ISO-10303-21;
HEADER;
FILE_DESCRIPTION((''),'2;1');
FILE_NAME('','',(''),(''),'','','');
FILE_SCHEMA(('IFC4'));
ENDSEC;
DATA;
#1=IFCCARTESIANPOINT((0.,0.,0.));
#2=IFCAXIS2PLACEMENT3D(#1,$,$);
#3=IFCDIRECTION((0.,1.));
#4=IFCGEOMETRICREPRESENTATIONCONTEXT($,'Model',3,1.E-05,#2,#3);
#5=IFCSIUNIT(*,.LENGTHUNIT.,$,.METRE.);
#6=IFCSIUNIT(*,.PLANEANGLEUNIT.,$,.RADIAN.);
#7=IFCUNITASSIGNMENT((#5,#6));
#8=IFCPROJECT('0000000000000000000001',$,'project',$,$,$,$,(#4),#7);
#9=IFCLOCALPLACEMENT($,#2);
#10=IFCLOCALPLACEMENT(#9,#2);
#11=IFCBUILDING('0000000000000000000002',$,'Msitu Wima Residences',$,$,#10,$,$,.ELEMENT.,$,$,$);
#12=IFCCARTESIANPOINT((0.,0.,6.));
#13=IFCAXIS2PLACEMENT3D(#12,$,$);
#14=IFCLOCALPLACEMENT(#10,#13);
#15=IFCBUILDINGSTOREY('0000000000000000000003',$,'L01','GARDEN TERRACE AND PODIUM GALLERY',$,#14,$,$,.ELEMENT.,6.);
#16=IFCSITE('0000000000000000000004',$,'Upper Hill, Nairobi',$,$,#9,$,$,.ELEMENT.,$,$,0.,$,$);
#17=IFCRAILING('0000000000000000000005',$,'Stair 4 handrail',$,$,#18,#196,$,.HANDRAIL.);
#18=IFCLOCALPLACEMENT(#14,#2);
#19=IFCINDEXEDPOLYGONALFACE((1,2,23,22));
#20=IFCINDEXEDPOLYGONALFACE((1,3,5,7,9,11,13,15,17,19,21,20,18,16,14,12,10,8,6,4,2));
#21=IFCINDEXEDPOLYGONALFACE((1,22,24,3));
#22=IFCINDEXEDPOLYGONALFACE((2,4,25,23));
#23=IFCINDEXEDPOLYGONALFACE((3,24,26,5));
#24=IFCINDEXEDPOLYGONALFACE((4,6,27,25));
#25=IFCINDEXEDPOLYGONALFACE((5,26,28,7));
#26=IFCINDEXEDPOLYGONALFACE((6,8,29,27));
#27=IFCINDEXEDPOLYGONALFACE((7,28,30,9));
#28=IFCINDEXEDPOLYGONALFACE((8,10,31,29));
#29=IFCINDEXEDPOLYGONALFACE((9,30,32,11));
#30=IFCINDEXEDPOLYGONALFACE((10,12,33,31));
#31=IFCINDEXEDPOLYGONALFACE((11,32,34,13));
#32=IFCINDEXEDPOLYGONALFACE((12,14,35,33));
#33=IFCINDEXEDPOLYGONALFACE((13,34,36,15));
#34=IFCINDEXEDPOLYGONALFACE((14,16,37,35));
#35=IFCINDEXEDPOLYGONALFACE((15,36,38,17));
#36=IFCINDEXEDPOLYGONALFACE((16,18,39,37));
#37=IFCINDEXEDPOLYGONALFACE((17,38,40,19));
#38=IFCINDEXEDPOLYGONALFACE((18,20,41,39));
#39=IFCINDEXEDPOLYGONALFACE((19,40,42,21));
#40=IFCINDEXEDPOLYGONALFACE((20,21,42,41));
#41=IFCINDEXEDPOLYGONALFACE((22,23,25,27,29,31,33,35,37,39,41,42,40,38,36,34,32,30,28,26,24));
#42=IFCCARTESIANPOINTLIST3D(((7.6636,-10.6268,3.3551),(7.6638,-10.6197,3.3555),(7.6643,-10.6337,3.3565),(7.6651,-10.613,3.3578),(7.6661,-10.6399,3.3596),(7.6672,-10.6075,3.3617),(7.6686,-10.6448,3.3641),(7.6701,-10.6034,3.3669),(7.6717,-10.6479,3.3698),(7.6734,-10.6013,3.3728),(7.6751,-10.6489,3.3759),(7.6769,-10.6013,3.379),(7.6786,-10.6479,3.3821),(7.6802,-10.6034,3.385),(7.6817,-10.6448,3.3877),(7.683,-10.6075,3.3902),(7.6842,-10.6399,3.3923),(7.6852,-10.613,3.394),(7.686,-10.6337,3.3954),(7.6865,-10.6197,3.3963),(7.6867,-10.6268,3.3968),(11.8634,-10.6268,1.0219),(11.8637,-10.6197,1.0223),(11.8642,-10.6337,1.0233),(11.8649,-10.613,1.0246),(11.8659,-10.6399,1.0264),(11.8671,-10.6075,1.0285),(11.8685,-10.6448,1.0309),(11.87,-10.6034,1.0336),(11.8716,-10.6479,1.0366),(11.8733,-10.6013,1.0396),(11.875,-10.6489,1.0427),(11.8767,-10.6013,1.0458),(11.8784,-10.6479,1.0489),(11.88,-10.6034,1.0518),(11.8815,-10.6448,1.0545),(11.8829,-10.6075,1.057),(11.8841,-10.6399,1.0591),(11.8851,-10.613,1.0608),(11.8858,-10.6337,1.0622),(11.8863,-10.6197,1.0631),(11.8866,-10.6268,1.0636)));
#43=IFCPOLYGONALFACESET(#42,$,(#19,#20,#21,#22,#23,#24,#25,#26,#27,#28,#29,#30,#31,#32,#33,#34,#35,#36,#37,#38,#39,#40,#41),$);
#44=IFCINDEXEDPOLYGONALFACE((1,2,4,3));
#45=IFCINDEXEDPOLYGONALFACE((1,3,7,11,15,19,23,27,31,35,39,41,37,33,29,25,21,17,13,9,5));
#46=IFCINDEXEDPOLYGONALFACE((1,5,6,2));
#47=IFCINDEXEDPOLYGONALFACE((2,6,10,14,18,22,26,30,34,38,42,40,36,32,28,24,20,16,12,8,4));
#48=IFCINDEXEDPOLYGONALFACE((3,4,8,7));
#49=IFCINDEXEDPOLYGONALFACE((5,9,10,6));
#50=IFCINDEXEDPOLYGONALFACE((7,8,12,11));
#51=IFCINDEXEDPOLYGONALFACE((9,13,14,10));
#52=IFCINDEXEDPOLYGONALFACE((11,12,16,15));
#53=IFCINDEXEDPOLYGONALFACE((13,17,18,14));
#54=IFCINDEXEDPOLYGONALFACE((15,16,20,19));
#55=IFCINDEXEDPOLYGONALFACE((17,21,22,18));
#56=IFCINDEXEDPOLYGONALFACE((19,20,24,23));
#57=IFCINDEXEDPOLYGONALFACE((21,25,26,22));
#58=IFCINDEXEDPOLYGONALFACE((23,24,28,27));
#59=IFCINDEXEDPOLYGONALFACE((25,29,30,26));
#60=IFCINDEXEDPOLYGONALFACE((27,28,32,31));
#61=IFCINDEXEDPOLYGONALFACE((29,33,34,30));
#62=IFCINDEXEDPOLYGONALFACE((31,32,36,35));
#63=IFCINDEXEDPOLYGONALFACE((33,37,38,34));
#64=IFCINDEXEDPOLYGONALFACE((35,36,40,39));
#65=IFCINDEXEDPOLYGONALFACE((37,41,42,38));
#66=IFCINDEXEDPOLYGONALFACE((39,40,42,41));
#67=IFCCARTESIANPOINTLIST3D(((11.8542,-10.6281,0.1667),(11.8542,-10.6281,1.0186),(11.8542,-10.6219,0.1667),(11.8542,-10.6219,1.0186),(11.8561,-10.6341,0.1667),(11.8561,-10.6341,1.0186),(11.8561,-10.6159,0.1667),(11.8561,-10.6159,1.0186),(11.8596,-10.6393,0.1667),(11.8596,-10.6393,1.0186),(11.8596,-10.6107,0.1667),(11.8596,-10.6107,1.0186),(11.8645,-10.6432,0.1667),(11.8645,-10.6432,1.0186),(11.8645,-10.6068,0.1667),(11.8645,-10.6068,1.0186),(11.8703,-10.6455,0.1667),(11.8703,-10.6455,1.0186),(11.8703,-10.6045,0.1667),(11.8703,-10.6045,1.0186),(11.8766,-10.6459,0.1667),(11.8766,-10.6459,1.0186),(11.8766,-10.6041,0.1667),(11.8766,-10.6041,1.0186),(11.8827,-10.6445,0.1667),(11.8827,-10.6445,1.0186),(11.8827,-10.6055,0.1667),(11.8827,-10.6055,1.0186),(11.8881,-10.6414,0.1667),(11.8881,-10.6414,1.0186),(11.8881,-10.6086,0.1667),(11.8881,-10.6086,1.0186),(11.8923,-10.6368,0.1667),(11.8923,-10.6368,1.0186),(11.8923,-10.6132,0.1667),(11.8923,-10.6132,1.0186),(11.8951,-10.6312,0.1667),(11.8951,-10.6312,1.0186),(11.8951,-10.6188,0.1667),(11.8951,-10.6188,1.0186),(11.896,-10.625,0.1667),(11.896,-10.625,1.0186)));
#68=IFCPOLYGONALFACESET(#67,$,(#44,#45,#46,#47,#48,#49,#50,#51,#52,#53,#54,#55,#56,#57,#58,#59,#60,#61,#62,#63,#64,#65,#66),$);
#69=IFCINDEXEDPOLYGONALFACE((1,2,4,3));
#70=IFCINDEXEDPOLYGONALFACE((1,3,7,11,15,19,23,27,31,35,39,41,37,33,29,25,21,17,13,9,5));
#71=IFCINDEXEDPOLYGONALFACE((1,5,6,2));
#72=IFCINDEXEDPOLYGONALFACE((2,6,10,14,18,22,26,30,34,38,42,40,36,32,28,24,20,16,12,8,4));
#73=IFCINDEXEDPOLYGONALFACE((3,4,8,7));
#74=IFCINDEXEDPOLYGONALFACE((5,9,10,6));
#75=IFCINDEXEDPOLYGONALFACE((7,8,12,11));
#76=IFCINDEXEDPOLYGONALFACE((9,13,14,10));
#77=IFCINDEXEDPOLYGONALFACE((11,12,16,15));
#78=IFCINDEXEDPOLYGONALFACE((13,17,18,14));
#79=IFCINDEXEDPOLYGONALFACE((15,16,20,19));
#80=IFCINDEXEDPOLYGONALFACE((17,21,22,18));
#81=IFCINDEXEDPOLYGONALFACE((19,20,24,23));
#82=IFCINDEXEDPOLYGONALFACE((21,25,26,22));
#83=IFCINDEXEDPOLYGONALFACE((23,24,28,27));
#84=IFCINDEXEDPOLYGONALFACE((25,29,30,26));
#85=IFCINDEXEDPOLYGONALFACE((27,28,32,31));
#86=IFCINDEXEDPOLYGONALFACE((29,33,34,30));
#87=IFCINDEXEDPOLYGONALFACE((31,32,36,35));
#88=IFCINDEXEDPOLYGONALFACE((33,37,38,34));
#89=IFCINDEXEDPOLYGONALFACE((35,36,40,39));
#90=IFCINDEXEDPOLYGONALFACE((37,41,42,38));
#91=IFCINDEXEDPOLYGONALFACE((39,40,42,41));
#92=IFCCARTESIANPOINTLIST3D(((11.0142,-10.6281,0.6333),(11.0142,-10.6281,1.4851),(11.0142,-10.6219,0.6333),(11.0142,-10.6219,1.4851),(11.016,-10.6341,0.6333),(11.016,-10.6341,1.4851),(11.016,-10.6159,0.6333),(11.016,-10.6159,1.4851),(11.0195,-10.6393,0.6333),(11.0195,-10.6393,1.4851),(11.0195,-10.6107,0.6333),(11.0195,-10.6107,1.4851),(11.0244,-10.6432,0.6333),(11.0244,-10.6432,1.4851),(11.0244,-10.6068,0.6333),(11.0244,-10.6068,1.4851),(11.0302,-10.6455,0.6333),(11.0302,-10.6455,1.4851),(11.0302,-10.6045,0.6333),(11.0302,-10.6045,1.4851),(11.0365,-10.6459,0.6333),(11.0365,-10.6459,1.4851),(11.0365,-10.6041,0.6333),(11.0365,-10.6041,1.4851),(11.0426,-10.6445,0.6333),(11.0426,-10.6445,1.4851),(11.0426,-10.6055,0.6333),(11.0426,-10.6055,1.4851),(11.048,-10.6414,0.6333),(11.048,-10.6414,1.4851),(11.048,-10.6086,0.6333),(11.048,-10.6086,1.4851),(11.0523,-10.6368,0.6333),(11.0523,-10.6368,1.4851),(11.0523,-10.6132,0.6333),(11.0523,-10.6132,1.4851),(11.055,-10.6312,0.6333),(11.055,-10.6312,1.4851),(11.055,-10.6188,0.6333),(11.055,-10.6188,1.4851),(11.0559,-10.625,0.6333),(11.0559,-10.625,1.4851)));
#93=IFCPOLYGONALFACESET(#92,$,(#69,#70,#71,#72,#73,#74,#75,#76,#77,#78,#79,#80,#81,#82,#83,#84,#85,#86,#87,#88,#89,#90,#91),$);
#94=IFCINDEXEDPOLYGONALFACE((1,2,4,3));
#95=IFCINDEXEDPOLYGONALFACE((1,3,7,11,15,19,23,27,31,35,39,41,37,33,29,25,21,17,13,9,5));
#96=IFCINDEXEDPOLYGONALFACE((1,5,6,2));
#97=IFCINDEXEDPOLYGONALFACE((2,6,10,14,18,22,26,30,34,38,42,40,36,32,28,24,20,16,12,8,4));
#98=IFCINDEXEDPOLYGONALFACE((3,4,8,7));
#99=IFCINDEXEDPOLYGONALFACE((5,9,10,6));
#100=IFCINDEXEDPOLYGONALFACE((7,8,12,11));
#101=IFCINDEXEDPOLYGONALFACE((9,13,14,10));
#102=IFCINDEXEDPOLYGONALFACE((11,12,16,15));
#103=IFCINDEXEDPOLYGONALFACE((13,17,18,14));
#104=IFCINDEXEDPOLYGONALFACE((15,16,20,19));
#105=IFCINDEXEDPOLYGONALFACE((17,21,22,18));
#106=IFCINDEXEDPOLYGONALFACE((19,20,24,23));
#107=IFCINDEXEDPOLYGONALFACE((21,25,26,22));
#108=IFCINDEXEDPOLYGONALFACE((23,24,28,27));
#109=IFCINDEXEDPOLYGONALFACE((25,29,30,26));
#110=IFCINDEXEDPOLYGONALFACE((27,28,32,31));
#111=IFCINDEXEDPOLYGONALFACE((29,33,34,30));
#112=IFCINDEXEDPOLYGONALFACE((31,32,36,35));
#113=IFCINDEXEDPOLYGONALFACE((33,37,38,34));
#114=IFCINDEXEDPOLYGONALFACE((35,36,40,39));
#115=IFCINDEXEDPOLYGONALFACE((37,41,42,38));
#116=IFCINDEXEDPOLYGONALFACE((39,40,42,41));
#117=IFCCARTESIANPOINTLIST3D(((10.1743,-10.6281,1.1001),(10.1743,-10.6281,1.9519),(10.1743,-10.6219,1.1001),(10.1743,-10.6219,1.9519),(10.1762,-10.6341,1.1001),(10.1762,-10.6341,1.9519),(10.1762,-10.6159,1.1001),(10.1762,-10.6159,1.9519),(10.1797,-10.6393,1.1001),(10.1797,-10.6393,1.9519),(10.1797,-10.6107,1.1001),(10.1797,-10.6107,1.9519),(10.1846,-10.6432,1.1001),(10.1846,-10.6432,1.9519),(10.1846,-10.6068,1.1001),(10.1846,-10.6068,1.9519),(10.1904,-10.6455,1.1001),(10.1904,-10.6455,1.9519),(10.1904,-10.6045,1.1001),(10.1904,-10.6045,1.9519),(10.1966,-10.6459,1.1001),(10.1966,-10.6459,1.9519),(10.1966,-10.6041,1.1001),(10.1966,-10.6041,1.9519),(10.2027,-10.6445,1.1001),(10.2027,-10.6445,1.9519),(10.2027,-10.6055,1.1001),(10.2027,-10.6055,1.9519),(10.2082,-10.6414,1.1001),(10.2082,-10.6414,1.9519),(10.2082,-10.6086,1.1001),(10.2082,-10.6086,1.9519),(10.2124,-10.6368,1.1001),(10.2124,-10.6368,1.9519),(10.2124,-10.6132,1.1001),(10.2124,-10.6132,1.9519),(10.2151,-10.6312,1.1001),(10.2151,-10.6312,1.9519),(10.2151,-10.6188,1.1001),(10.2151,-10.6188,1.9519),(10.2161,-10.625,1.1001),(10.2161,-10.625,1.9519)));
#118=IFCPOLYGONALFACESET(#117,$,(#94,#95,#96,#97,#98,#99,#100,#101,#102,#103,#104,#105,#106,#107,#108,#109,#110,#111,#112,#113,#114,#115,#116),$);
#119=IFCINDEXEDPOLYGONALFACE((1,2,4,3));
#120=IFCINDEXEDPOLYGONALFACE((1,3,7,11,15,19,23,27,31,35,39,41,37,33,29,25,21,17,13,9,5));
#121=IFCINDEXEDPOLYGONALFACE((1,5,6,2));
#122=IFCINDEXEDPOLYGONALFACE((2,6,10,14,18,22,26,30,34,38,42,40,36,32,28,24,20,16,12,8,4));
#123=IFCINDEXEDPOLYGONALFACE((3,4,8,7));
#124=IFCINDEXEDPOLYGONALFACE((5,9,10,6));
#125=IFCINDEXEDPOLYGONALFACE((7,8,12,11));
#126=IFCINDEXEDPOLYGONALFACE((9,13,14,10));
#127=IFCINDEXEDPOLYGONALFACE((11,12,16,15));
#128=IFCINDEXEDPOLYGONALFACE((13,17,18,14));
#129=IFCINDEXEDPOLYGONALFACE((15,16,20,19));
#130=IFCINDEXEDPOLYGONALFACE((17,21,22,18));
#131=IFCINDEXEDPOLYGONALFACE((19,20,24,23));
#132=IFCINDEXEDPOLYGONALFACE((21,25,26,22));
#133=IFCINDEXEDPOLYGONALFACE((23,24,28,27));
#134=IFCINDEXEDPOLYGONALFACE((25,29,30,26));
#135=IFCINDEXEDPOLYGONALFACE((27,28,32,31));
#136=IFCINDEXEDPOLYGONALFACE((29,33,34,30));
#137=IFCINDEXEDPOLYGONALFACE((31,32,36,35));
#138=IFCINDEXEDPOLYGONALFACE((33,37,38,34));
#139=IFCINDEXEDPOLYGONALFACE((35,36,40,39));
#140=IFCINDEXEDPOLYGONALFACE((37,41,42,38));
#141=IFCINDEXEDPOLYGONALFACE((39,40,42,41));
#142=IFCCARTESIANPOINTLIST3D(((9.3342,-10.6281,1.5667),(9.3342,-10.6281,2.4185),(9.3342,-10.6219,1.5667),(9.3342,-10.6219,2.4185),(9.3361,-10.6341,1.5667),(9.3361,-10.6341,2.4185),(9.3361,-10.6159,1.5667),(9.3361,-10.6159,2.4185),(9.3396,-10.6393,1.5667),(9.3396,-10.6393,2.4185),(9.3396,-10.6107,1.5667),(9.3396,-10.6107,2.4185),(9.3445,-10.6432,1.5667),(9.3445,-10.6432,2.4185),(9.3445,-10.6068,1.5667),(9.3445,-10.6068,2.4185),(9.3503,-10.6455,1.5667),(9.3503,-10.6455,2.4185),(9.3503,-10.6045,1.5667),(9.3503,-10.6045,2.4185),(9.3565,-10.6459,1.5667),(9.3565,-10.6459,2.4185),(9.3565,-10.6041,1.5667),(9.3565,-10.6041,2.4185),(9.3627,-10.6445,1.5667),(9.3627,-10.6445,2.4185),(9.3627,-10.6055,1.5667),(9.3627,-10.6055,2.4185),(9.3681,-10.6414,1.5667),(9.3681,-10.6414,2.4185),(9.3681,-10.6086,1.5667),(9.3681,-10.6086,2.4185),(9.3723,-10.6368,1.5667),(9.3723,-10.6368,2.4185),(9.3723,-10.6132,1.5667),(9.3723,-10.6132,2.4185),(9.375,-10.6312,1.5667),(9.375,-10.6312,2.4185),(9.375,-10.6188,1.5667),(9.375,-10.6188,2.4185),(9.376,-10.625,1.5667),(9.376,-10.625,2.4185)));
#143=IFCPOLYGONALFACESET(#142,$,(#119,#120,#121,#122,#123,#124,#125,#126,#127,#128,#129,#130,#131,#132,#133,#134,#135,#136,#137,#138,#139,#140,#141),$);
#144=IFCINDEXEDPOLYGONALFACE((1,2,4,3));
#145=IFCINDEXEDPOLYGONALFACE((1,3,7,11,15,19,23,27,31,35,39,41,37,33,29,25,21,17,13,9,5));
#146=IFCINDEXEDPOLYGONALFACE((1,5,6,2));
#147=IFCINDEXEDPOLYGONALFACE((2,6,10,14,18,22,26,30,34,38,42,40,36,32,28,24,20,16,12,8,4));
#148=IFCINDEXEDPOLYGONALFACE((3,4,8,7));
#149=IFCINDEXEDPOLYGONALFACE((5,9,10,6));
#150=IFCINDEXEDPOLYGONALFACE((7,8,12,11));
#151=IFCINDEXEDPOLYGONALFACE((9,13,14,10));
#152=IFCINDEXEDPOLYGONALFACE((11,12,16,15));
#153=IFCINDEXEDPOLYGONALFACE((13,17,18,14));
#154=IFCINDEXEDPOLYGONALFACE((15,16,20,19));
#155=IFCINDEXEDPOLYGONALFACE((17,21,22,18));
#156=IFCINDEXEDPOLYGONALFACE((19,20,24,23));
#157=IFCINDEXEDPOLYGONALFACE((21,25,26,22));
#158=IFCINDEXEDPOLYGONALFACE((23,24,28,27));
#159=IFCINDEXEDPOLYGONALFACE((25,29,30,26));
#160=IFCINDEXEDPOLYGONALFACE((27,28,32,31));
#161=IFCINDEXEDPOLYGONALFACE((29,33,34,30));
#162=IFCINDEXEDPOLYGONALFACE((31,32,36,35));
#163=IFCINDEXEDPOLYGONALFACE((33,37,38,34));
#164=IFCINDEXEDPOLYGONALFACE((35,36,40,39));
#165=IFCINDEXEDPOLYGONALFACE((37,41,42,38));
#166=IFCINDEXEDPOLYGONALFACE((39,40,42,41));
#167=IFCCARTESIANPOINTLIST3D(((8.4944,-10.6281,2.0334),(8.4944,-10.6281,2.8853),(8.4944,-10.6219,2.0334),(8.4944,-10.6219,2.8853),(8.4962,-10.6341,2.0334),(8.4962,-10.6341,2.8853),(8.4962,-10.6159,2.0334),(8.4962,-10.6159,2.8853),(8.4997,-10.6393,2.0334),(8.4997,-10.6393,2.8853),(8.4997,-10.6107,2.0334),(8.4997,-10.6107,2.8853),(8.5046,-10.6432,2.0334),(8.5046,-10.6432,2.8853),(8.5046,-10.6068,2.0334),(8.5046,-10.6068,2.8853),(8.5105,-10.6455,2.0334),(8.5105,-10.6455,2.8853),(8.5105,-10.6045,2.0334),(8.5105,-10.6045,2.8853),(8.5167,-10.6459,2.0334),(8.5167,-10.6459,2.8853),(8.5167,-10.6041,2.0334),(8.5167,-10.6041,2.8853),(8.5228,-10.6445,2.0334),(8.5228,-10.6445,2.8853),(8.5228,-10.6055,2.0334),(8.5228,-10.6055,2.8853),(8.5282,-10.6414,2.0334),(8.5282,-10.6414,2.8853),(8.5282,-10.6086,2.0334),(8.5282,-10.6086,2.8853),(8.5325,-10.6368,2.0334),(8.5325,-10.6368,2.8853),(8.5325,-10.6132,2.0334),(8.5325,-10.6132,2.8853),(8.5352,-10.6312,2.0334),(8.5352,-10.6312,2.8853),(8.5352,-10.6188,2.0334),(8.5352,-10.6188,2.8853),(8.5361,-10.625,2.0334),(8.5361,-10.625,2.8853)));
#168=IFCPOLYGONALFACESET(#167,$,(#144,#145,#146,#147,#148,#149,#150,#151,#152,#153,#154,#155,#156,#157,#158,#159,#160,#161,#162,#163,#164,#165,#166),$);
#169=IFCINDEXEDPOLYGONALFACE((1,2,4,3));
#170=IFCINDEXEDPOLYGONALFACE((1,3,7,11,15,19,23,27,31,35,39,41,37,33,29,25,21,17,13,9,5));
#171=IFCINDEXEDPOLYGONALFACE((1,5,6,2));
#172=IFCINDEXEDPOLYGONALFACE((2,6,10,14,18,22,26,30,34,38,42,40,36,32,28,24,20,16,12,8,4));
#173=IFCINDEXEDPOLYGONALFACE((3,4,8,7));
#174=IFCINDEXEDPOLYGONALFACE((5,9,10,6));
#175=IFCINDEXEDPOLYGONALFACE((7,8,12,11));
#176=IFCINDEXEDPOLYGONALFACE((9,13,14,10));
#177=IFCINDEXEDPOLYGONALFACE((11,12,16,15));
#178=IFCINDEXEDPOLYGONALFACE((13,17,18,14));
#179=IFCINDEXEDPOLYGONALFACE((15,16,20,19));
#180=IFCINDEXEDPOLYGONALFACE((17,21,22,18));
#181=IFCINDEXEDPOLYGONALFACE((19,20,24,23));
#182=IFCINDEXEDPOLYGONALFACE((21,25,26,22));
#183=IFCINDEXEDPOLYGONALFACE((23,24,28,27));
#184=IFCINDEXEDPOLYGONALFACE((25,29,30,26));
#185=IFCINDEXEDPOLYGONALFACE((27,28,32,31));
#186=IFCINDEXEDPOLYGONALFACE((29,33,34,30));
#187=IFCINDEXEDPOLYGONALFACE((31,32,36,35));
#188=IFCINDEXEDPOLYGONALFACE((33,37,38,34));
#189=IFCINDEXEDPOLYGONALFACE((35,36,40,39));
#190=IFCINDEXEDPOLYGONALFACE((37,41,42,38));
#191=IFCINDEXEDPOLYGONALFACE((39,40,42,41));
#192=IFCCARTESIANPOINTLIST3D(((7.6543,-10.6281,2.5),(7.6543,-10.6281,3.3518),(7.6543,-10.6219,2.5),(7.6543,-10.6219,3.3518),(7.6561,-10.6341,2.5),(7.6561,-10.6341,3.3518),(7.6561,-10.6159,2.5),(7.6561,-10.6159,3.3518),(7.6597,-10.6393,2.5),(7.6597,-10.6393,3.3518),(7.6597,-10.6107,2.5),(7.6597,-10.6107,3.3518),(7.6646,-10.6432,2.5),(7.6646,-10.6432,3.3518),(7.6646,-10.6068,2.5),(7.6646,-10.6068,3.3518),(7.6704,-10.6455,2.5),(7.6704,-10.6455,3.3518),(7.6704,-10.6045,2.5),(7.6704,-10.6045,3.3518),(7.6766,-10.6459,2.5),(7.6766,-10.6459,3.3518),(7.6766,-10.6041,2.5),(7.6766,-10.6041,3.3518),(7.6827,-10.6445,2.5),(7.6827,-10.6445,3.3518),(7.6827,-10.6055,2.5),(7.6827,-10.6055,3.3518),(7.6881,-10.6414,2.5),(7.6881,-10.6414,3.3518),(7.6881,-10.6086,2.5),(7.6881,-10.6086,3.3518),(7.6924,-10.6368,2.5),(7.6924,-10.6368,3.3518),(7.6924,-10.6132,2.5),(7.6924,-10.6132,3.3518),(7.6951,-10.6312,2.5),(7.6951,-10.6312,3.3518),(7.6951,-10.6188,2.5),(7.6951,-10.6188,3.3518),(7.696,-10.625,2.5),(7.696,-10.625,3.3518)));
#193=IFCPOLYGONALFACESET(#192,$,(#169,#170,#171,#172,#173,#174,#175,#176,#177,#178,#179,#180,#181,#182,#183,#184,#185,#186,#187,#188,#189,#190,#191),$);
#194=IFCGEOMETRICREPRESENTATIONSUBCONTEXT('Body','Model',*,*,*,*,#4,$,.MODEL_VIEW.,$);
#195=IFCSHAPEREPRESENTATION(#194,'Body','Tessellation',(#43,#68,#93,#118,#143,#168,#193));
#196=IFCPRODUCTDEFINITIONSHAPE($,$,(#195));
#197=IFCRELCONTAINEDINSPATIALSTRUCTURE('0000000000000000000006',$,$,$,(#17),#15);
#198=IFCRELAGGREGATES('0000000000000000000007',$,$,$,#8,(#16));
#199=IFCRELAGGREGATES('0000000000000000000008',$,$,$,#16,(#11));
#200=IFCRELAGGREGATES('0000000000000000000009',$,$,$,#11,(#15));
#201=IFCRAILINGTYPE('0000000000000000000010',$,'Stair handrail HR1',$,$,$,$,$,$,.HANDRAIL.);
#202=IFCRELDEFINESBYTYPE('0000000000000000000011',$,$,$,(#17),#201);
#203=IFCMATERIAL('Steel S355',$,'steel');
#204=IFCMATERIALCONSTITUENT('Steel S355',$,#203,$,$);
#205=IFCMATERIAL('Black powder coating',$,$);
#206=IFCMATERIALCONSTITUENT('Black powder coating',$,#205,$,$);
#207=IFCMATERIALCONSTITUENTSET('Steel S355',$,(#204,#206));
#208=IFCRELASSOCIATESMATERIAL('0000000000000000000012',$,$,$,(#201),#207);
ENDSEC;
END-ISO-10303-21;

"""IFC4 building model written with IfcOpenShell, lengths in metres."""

from ifc_helpers import new_model, si_unit, direction, frame, origin, origin_2d, place, context, subcontext, project, spatial, circle, extrude, material, constituent, constituent_set, type_object, element, save


model = new_model("IFC4")

# Units and contexts
model_context = context("Model", 3, precision=1e-05, world=origin(), true_north=direction((0.0, 1.0)))
body_context = subcontext(model_context, "Body", "Model", "MODEL_VIEW")
ifc_project = project(units=[si_unit("LENGTHUNIT", "METRE"), si_unit("PLANEANGLEUNIT", "RADIAN")], contexts=[model_context])

# Site, building, storey
site_placement = place(None, origin())
site = spatial("IfcSite", under=ifc_project, at=site_placement, Name="Upper Hill, Nairobi", CompositionType="ELEMENT", RefElevation=0.0)
building_placement = place(site_placement, origin())
building = spatial("IfcBuilding", under=site, at=building_placement, Name="Msitu Wima Residences", CompositionType="ELEMENT")
storey_placement = place(building_placement, frame((0.0, 0.0, 6.0)))
storey = spatial("IfcBuildingStorey", under=building, at=storey_placement, Name="L01", Description="GARDEN TERRACE AND PODIUM GALLERY", CompositionType="ELEMENT", Elevation=6.0)

# Railing
ifc_material_1 = material(Name="Steel S355", Category="steel")
ifc_constituent_1 = constituent(ifc_material_1, Name="Steel S355")
ifc_material_2 = material(Name="Black powder coating")
ifc_constituent_2 = constituent(ifc_material_2, Name="Black powder coating")
ifc_constituent_set = constituent_set(constituents=[ifc_constituent_1, ifc_constituent_2], Name="Steel S355")
railing_type = type_object("IfcRailingType", Name="Stair handrail HR1", PredefinedType="HANDRAIL", material=ifc_constituent_set)
for number, where, name in (
    (1, (11.875, -10.625, 0.1667), "Stair 4 handrail"),
):
    element("IfcRailing", number, at=place(storey_placement, frame(where)), inside=storey, type_object=railing_type, Name=name, PredefinedType="HANDRAIL", context=body_context, shape_type="SweptSolid", body=[
        extrude(circle(Radius=0.0239, at=origin_2d()), frame((0.0, 0.0, 0.876), z_axis=(-0.874162, 0.0, 0.485634), x_axis=(0.0, -1.0, 0.0)), (0.0, 0.0, 1.0), 4.8044),
        extrude(circle(Radius=0.021, at=origin_2d()), origin(), (0.0, 0.0, 1.0), 0.8518),
        extrude(circle(Radius=0.021, at=origin_2d()), frame((-0.8401, 0.0, 0.4666)), (0.0, 0.0, 1.0), 0.8518),
        extrude(circle(Radius=0.021, at=origin_2d()), frame((-1.6799, 0.0, 0.9333)), (0.0, 0.0, 1.0), 0.8518),
        extrude(circle(Radius=0.021, at=origin_2d()), frame((-2.52, 0.0, 1.3999)), (0.0, 0.0, 1.0), 0.8518),
        extrude(circle(Radius=0.021, at=origin_2d()), frame((-3.3599, 0.0, 1.8667)), (0.0, 0.0, 1.0), 0.8518),
        extrude(circle(Radius=0.021, at=origin_2d()), frame((-4.2, 0.0, 2.3333)), (0.0, 0.0, 1.0), 0.8518),
    ])

save(model, "model.ifc")
